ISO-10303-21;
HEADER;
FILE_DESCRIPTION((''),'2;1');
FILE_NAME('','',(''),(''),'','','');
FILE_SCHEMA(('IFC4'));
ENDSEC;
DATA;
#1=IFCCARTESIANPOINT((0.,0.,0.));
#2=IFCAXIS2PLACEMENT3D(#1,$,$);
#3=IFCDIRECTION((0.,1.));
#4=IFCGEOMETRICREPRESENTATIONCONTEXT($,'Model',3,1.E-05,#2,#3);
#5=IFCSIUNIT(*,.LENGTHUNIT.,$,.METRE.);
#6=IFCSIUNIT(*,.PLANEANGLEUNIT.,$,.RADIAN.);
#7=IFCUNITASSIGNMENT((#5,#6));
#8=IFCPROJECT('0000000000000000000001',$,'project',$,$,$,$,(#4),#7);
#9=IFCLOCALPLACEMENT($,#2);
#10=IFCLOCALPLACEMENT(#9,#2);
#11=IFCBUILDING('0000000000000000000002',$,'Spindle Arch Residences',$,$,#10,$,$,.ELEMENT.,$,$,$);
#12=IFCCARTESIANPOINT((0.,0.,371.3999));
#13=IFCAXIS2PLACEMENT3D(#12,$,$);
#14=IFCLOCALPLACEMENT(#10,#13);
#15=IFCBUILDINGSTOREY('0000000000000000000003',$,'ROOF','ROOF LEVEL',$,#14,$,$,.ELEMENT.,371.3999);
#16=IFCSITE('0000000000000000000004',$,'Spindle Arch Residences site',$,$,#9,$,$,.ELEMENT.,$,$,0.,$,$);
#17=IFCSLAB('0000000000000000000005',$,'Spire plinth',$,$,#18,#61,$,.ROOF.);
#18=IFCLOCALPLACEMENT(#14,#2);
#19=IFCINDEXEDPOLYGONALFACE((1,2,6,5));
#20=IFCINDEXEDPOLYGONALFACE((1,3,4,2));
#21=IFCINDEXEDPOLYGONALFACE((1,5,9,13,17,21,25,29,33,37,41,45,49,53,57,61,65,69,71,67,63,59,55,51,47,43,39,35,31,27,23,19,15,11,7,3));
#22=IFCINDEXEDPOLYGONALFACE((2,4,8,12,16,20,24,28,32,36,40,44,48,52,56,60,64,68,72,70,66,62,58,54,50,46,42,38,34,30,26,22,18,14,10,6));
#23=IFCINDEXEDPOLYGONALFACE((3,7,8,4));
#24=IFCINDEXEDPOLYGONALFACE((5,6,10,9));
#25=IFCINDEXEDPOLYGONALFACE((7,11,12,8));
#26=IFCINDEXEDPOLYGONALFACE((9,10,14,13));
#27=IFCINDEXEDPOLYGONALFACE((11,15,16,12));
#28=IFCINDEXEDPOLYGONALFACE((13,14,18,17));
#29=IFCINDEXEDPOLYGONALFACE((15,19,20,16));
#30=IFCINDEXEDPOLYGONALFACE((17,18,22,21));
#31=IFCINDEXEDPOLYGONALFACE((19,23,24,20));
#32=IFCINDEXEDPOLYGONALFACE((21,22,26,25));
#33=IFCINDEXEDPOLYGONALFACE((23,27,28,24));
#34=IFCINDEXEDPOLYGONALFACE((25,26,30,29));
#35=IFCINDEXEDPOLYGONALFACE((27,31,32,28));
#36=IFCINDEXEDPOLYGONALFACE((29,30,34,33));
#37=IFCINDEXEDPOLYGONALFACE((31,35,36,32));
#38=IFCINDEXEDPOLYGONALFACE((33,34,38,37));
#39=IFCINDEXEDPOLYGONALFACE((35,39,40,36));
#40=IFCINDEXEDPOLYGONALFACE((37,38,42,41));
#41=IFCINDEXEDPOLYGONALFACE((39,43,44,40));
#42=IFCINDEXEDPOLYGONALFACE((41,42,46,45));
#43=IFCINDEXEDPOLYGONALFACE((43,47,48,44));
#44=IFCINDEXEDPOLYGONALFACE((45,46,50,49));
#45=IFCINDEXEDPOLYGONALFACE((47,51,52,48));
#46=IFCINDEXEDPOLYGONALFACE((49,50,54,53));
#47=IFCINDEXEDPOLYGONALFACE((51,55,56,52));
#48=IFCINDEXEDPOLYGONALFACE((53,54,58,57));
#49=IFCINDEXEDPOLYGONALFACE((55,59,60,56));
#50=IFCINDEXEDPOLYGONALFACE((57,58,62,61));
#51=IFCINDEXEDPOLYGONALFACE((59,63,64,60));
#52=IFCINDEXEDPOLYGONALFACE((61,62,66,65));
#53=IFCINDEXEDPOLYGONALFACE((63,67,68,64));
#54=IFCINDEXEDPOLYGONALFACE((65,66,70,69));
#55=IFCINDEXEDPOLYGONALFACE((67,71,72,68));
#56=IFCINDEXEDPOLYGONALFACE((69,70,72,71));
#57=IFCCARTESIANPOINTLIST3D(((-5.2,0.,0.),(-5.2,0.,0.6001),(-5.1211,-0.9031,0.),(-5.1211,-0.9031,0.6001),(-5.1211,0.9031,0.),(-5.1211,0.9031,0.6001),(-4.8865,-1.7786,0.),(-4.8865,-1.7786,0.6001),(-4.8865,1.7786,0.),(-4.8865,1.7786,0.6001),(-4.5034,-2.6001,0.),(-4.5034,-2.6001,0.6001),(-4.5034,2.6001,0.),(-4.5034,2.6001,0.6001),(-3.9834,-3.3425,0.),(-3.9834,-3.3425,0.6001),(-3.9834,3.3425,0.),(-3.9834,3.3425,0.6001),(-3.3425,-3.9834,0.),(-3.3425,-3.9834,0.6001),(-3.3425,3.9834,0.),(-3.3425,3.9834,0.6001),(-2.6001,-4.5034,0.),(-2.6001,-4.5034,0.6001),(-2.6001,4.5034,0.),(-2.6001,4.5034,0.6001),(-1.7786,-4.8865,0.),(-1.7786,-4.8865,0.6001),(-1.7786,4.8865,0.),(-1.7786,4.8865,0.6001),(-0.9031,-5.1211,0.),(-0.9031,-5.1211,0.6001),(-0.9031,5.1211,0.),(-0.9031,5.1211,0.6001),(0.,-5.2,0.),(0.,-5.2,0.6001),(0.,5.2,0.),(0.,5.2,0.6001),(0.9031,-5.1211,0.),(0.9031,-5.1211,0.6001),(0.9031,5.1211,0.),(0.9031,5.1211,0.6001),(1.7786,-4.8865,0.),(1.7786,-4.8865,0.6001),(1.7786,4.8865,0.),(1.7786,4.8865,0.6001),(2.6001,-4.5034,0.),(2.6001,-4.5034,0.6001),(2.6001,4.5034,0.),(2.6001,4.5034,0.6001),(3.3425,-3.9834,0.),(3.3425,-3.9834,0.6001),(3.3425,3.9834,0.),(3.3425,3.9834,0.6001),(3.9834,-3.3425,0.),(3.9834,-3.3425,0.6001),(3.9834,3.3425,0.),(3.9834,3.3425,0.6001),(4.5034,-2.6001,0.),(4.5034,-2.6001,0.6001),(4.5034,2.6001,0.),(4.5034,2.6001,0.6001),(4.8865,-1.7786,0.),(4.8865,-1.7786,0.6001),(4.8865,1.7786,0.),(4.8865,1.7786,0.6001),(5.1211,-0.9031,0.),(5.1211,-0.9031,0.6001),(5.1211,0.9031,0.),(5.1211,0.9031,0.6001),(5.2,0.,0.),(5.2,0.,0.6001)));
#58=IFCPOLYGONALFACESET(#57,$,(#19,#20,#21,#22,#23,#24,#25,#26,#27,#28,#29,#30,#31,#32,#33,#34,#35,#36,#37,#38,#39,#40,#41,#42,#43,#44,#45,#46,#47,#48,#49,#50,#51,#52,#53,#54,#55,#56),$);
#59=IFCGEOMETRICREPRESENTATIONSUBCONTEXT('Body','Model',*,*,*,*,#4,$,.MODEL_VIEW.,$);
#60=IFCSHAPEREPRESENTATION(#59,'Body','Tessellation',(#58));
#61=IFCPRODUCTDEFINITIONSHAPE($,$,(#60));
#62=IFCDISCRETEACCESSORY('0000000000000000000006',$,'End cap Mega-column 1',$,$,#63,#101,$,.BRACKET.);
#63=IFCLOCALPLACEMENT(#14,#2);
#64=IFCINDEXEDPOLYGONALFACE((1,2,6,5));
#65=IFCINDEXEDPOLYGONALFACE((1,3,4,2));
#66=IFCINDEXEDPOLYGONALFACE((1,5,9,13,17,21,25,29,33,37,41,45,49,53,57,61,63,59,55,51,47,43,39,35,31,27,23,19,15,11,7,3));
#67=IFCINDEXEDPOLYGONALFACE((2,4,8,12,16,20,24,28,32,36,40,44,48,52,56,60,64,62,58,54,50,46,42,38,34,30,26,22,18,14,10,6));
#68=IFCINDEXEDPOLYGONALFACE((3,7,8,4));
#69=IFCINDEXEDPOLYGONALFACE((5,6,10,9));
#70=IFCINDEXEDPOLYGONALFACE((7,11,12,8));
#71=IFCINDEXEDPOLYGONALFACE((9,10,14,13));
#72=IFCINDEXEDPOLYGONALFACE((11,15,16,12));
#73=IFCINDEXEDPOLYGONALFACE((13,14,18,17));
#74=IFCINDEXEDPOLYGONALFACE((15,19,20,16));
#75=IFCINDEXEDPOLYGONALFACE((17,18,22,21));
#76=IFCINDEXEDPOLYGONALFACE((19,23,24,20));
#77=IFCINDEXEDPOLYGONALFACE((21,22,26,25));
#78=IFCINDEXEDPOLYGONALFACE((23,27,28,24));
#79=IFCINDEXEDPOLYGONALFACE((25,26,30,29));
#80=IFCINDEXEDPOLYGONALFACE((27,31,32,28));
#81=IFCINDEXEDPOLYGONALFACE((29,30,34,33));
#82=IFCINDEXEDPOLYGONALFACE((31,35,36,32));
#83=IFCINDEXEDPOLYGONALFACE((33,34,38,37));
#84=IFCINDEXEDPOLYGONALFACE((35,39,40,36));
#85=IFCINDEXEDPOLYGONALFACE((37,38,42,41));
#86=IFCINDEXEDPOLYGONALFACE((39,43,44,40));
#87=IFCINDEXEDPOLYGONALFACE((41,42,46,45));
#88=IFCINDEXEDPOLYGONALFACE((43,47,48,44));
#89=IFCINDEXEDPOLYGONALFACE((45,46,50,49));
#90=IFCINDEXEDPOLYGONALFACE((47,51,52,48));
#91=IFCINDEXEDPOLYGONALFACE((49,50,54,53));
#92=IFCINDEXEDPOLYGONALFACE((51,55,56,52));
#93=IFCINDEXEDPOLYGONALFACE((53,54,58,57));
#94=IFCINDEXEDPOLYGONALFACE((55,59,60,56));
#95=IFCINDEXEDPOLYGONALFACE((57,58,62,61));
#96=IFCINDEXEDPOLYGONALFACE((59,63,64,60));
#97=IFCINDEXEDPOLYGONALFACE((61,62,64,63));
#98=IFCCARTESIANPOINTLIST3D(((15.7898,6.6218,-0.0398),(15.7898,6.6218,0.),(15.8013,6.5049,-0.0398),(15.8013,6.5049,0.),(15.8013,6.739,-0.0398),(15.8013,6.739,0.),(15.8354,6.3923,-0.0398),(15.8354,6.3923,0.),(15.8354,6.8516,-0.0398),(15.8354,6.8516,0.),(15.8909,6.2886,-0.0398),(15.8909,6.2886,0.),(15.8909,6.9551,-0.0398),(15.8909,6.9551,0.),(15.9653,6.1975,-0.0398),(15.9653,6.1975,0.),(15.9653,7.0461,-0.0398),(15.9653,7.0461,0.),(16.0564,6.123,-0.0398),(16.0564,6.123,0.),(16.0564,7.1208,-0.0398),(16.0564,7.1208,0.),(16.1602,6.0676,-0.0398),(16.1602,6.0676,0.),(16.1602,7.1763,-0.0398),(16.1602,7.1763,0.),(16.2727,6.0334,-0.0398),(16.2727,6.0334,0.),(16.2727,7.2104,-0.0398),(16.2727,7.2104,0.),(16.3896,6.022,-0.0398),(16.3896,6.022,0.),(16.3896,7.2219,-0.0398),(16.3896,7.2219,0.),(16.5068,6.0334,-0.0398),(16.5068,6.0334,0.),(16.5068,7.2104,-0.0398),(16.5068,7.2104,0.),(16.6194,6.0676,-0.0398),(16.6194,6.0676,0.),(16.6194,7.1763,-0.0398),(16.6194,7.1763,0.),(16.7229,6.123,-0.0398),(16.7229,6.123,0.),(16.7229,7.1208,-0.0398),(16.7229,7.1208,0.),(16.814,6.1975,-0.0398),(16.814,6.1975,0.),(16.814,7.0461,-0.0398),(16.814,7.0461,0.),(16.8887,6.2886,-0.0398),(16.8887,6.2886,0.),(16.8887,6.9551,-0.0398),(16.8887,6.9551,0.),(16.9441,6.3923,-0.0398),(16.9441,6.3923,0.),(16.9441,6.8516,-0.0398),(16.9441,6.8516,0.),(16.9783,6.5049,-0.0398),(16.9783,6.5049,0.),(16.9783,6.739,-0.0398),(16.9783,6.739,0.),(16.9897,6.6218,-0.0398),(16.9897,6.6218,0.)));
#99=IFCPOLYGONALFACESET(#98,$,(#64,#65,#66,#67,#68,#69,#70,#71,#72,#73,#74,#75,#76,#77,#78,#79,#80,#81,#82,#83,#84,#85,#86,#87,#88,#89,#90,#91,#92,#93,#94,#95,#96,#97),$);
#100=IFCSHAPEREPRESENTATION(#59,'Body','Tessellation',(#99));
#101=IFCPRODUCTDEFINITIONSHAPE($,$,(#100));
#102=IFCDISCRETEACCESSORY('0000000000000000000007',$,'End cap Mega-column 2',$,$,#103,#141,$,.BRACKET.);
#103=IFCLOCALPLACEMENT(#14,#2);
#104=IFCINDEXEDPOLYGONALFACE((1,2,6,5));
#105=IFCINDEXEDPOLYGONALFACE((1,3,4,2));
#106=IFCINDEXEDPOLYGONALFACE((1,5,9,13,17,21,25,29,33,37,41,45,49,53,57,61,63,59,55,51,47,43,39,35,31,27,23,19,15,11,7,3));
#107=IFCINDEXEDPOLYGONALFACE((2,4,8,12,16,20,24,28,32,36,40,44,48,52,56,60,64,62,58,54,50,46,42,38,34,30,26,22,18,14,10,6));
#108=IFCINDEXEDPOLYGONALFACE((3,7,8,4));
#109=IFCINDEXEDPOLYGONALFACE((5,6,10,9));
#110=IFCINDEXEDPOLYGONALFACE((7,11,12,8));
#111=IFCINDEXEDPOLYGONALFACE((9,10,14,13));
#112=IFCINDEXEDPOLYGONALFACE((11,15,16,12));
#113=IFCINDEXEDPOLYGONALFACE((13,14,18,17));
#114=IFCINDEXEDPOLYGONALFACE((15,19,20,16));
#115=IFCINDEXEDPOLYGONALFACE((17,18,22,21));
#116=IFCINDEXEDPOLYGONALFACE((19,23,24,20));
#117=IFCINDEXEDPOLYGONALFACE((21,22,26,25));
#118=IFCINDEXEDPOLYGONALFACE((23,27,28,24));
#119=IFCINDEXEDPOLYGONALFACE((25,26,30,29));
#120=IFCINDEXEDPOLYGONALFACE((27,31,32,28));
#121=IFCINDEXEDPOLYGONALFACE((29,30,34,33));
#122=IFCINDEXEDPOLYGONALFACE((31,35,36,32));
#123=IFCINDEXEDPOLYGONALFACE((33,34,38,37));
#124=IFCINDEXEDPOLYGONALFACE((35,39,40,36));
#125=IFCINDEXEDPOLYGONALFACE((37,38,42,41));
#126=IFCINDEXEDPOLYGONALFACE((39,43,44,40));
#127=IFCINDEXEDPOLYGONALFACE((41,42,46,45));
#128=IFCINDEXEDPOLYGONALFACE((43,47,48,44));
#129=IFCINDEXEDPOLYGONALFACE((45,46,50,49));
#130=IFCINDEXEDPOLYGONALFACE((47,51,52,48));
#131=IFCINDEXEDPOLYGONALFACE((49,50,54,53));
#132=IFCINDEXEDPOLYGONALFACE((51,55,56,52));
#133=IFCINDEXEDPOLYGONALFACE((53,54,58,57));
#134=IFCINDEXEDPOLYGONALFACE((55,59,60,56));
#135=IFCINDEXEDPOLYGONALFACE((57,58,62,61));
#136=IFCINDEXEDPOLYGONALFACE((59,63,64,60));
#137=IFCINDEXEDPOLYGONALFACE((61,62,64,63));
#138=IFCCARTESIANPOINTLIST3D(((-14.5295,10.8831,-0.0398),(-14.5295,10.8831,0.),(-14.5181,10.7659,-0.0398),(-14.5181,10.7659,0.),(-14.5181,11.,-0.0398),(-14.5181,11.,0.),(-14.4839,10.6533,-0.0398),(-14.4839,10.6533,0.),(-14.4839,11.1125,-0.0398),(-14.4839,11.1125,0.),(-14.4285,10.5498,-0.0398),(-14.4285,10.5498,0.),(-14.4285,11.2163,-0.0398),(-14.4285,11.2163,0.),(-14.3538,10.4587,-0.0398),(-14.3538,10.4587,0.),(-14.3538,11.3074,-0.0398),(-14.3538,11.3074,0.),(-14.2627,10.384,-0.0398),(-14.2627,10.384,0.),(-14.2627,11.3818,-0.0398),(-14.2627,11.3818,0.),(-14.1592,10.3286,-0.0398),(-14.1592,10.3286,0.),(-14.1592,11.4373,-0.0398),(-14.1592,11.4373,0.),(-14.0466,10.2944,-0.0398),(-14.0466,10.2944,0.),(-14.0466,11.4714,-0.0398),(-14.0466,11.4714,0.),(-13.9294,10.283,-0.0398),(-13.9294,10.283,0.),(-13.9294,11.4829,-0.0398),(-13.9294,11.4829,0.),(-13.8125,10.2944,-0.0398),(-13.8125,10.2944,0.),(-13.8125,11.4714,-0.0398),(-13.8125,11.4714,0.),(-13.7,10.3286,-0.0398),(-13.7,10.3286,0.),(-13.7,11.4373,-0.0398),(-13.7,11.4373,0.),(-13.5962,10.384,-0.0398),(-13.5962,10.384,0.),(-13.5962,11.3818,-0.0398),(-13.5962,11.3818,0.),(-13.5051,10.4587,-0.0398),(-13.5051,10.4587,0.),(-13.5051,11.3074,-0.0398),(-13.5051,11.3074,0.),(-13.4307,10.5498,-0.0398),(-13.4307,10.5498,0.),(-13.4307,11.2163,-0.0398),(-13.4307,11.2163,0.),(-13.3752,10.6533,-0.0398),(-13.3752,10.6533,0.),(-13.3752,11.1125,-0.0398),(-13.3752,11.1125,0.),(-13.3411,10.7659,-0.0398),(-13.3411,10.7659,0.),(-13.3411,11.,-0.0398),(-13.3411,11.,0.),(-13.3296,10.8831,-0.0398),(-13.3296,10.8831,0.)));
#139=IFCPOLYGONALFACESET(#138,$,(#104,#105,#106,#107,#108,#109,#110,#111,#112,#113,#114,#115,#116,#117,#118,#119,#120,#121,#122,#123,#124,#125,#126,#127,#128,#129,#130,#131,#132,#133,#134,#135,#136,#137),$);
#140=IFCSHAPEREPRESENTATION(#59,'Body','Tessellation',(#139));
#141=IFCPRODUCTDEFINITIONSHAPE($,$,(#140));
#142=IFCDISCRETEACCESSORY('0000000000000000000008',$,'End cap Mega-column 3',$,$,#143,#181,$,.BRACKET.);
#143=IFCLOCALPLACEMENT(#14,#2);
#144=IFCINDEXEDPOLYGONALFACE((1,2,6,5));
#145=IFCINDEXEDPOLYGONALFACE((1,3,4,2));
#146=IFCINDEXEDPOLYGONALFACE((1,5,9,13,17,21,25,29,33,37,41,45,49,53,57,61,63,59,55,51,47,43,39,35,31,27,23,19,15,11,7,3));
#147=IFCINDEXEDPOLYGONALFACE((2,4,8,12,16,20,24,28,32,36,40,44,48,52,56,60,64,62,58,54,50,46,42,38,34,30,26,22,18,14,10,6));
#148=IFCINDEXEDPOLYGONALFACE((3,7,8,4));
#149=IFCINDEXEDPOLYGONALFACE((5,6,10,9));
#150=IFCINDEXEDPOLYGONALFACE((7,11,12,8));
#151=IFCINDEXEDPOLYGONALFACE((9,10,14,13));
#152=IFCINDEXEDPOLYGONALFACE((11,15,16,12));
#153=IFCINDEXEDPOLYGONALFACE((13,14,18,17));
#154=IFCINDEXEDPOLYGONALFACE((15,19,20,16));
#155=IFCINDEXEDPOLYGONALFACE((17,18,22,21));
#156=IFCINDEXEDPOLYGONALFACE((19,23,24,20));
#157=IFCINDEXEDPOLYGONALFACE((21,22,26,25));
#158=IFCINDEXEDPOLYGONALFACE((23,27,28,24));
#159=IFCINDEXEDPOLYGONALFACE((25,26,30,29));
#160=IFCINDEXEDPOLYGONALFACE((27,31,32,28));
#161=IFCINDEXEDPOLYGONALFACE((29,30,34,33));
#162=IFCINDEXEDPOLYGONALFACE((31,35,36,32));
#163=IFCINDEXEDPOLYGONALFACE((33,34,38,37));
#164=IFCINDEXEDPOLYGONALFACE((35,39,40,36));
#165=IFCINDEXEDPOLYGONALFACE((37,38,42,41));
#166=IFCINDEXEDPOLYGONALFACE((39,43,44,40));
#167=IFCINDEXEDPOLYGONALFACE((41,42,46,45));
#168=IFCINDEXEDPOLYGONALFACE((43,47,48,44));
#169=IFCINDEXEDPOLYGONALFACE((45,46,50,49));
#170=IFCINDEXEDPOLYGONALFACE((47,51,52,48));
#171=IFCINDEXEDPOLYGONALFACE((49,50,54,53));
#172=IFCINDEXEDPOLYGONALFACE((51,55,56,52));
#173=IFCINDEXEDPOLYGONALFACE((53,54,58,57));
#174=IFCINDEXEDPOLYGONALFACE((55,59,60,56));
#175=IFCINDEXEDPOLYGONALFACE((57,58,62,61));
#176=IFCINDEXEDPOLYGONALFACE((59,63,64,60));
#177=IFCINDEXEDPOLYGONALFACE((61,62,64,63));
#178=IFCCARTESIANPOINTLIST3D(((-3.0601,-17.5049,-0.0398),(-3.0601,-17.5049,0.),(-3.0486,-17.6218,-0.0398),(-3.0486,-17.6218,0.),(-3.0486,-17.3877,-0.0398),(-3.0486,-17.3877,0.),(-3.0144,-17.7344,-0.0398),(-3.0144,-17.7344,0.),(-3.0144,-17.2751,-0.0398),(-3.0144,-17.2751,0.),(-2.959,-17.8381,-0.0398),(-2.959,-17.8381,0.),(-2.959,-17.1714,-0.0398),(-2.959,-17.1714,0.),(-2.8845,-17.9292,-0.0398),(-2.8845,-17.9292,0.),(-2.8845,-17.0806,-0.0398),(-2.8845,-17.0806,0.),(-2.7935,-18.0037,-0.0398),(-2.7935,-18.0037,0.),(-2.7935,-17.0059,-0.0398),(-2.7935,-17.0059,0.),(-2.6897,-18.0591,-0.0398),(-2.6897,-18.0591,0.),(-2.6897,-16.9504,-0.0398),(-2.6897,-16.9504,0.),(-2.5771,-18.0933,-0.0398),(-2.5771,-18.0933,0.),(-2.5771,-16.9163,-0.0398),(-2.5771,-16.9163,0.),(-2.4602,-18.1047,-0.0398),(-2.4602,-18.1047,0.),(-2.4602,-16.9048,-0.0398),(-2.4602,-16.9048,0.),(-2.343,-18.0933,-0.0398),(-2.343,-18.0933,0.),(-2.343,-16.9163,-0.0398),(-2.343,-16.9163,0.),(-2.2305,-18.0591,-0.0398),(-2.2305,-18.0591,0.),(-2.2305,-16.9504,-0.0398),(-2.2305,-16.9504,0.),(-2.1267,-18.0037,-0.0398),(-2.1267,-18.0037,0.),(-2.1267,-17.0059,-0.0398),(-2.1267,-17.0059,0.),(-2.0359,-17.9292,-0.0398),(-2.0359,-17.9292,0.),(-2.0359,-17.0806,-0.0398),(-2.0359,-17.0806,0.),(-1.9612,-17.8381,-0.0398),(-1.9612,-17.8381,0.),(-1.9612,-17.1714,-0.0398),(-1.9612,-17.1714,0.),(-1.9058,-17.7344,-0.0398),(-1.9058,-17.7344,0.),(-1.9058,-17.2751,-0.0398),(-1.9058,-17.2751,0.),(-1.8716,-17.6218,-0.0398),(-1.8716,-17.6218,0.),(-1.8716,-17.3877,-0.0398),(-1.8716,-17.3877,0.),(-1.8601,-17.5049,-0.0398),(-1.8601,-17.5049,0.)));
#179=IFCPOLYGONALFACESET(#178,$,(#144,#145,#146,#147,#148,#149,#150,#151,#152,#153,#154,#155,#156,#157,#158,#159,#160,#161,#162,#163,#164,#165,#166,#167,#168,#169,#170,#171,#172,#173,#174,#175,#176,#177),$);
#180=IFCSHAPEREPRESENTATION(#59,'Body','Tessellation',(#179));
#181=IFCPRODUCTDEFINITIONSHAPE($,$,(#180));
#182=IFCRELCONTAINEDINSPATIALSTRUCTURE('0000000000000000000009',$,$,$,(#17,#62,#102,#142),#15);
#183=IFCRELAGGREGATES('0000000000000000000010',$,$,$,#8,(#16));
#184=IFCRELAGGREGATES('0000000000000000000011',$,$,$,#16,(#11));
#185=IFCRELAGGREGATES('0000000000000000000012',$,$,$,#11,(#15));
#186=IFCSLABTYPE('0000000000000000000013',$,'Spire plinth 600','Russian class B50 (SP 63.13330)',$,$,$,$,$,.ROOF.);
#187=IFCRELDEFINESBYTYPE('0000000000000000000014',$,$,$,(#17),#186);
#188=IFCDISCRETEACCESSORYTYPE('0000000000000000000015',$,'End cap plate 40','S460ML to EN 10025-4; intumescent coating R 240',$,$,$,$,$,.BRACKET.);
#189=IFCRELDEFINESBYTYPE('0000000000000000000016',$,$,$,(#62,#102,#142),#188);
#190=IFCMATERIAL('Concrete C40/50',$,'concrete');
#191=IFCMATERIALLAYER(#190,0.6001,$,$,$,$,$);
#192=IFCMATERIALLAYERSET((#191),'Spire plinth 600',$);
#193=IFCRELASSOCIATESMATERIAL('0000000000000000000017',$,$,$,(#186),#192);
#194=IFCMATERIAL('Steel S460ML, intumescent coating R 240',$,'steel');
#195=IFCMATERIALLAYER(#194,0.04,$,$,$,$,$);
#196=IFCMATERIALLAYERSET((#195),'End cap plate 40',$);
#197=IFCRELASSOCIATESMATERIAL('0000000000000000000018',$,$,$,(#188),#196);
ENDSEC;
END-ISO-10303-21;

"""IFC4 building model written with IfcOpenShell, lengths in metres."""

from ifc_helpers import new_model, si_unit, direction, frame, origin, place, context, subcontext, project, spatial, polyline, outline, extrude, material, layer, layer_set, type_object, element, save


model = new_model("IFC4")

# Units and contexts
model_context = context("Model", 3, precision=1e-05, world=origin(), true_north=direction((0.0, 1.0)))
body_context = subcontext(model_context, "Body", "Model", "MODEL_VIEW")
ifc_project = project(units=[si_unit("LENGTHUNIT", "METRE"), si_unit("PLANEANGLEUNIT", "RADIAN")], contexts=[model_context])

# Site, building, storey
site_placement = place(None, origin())
site = spatial("IfcSite", under=ifc_project, at=site_placement, Name="Spindle Arch Residences site", CompositionType="ELEMENT", RefElevation=0.0)
building_placement = place(site_placement, origin())
building = spatial("IfcBuilding", under=site, at=building_placement, Name="Spindle Arch Residences", CompositionType="ELEMENT")
storey_placement = place(building_placement, frame((0.0, 0.0, 371.3999)))
storey = spatial("IfcBuildingStorey", under=building, at=storey_placement, Name="ROOF", Description="ROOF LEVEL", CompositionType="ELEMENT", Elevation=371.3999)

# Slab
ifc_material_1 = material(Name="Concrete C40/50", Category="concrete")
ifc_layer_1 = layer(ifc_material_1, 0.6001)
ifc_layer_set_1 = layer_set([ifc_layer_1], Name="Spire plinth 600")
slab_type_1 = type_object("IfcSlabType", Name="Spire plinth 600", Description="Russian class B50 (SP 63.13330)", PredefinedType="ROOF", material=ifc_layer_set_1)
slab_1_placement = place(storey_placement, origin())
element("IfcSlab", 1, at=slab_1_placement, inside=storey, type_object=slab_type_1, Name="Spire plinth", PredefinedType="ROOF", context=body_context, shape_type="SweptSolid", body=[
    extrude(outline(polyline([(5.2, 0.0), (5.1211, 0.9031), (4.8865, 1.7786), (4.5034, 2.6001), (3.9834, 3.3425), (3.3425, 3.9834), (2.6001, 4.5034), (1.7786, 4.8865), (0.9031, 5.1211), (0.0, 5.2), (-0.9031, 5.1211), (-1.7786, 4.8865), (-2.6001, 4.5034), (-3.3425, 3.9834), (-3.9834, 3.3425), (-4.5034, 2.6001), (-4.8865, 1.7786), (-5.1211, 0.9031), (-5.2, 0.0), (-5.1211, -0.9031), (-4.8865, -1.7786), (-4.5034, -2.6001), (-3.9834, -3.3425), (-3.3425, -3.9834), (-2.6001, -4.5034), (-1.7786, -4.8865), (-0.9031, -5.1211), (0.0, -5.2), (0.9031, -5.1211), (1.7786, -4.8865), (2.6001, -4.5034), (3.3425, -3.9834), (3.9834, -3.3425), (4.5034, -2.6001), (4.8865, -1.7786), (5.1211, -0.9031), (5.2, 0.0)])), origin(), (0.0, 0.0, 1.0), 0.6001),
])

# Discrete accessories
ifc_material_2 = material(Name="Steel S460ML, intumescent coating R 240", Category="steel")
ifc_layer_2 = layer(ifc_material_2, 0.04)
ifc_layer_set_2 = layer_set([ifc_layer_2], Name="End cap plate 40")
discrete_accessory_type_1 = type_object("IfcDiscreteAccessoryType", Name="End cap plate 40", Description="S460ML to EN 10025-4; intumescent coating R 240", PredefinedType="BRACKET", material=ifc_layer_set_2)
discrete_accessory_1_placement = place(storey_placement, frame((0.0, 0.0, -0.0398)))
element("IfcDiscreteAccessory", 2, at=discrete_accessory_1_placement, inside=storey, type_object=discrete_accessory_type_1, Name="End cap Mega-column 1", PredefinedType="BRACKET", context=body_context, shape_type="SweptSolid", body=[
    extrude(outline(polyline([(16.9897, 6.6218), (16.9783, 6.739), (16.9441, 6.8516), (16.8887, 6.9551), (16.814, 7.0461), (16.7229, 7.1208), (16.6194, 7.1763), (16.5068, 7.2104), (16.3896, 7.2219), (16.2727, 7.2104), (16.1602, 7.1763), (16.0564, 7.1208), (15.9653, 7.0461), (15.8909, 6.9551), (15.8354, 6.8516), (15.8013, 6.739), (15.7898, 6.6218), (15.8013, 6.5049), (15.8354, 6.3923), (15.8909, 6.2886), (15.9653, 6.1975), (16.0564, 6.123), (16.1602, 6.0676), (16.2727, 6.0334), (16.3896, 6.022), (16.5068, 6.0334), (16.6194, 6.0676), (16.7229, 6.123), (16.814, 6.1975), (16.8887, 6.2886), (16.9441, 6.3923), (16.9783, 6.5049), (16.9897, 6.6218)])), origin(), (0.0, 0.0, 1.0), 0.0398),
])
discrete_accessory_2_placement = place(storey_placement, frame((0.0, 0.0, -0.0398)))
element("IfcDiscreteAccessory", 3, at=discrete_accessory_2_placement, inside=storey, type_object=discrete_accessory_type_1, Name="End cap Mega-column 2", PredefinedType="BRACKET", context=body_context, shape_type="SweptSolid", body=[
    extrude(outline(polyline([(-13.3296, 10.8831), (-13.3411, 11.0), (-13.3752, 11.1125), (-13.4307, 11.2163), (-13.5051, 11.3074), (-13.5962, 11.3818), (-13.7, 11.4373), (-13.8125, 11.4714), (-13.9294, 11.4829), (-14.0466, 11.4714), (-14.1592, 11.4373), (-14.2627, 11.3818), (-14.3538, 11.3074), (-14.4285, 11.2163), (-14.4839, 11.1125), (-14.5181, 11.0), (-14.5295, 10.8831), (-14.5181, 10.7659), (-14.4839, 10.6533), (-14.4285, 10.5498), (-14.3538, 10.4587), (-14.2627, 10.384), (-14.1592, 10.3286), (-14.0466, 10.2944), (-13.9294, 10.283), (-13.8125, 10.2944), (-13.7, 10.3286), (-13.5962, 10.384), (-13.5051, 10.4587), (-13.4307, 10.5498), (-13.3752, 10.6533), (-13.3411, 10.7659), (-13.3296, 10.8831)])), origin(), (0.0, 0.0, 1.0), 0.0398),
])
discrete_accessory_3_placement = place(storey_placement, frame((0.0, 0.0, -0.0398)))
element("IfcDiscreteAccessory", 4, at=discrete_accessory_3_placement, inside=storey, type_object=discrete_accessory_type_1, Name="End cap Mega-column 3", PredefinedType="BRACKET", context=body_context, shape_type="SweptSolid", body=[
    extrude(outline(polyline([(-1.8601, -17.5049), (-1.8716, -17.3877), (-1.9058, -17.2751), (-1.9612, -17.1714), (-2.0359, -17.0806), (-2.1267, -17.0059), (-2.2305, -16.9504), (-2.343, -16.9163), (-2.4602, -16.9048), (-2.5771, -16.9163), (-2.6897, -16.9504), (-2.7935, -17.0059), (-2.8845, -17.0806), (-2.959, -17.1714), (-3.0144, -17.2751), (-3.0486, -17.3877), (-3.0601, -17.5049), (-3.0486, -17.6218), (-3.0144, -17.7344), (-2.959, -17.8381), (-2.8845, -17.9292), (-2.7935, -18.0037), (-2.6897, -18.0591), (-2.5771, -18.0933), (-2.4602, -18.1047), (-2.343, -18.0933), (-2.2305, -18.0591), (-2.1267, -18.0037), (-2.0359, -17.9292), (-1.9612, -17.8381), (-1.9058, -17.7344), (-1.8716, -17.6218), (-1.8601, -17.5049)])), origin(), (0.0, 0.0, 1.0), 0.0398),
])

save(model, "model.ifc")
